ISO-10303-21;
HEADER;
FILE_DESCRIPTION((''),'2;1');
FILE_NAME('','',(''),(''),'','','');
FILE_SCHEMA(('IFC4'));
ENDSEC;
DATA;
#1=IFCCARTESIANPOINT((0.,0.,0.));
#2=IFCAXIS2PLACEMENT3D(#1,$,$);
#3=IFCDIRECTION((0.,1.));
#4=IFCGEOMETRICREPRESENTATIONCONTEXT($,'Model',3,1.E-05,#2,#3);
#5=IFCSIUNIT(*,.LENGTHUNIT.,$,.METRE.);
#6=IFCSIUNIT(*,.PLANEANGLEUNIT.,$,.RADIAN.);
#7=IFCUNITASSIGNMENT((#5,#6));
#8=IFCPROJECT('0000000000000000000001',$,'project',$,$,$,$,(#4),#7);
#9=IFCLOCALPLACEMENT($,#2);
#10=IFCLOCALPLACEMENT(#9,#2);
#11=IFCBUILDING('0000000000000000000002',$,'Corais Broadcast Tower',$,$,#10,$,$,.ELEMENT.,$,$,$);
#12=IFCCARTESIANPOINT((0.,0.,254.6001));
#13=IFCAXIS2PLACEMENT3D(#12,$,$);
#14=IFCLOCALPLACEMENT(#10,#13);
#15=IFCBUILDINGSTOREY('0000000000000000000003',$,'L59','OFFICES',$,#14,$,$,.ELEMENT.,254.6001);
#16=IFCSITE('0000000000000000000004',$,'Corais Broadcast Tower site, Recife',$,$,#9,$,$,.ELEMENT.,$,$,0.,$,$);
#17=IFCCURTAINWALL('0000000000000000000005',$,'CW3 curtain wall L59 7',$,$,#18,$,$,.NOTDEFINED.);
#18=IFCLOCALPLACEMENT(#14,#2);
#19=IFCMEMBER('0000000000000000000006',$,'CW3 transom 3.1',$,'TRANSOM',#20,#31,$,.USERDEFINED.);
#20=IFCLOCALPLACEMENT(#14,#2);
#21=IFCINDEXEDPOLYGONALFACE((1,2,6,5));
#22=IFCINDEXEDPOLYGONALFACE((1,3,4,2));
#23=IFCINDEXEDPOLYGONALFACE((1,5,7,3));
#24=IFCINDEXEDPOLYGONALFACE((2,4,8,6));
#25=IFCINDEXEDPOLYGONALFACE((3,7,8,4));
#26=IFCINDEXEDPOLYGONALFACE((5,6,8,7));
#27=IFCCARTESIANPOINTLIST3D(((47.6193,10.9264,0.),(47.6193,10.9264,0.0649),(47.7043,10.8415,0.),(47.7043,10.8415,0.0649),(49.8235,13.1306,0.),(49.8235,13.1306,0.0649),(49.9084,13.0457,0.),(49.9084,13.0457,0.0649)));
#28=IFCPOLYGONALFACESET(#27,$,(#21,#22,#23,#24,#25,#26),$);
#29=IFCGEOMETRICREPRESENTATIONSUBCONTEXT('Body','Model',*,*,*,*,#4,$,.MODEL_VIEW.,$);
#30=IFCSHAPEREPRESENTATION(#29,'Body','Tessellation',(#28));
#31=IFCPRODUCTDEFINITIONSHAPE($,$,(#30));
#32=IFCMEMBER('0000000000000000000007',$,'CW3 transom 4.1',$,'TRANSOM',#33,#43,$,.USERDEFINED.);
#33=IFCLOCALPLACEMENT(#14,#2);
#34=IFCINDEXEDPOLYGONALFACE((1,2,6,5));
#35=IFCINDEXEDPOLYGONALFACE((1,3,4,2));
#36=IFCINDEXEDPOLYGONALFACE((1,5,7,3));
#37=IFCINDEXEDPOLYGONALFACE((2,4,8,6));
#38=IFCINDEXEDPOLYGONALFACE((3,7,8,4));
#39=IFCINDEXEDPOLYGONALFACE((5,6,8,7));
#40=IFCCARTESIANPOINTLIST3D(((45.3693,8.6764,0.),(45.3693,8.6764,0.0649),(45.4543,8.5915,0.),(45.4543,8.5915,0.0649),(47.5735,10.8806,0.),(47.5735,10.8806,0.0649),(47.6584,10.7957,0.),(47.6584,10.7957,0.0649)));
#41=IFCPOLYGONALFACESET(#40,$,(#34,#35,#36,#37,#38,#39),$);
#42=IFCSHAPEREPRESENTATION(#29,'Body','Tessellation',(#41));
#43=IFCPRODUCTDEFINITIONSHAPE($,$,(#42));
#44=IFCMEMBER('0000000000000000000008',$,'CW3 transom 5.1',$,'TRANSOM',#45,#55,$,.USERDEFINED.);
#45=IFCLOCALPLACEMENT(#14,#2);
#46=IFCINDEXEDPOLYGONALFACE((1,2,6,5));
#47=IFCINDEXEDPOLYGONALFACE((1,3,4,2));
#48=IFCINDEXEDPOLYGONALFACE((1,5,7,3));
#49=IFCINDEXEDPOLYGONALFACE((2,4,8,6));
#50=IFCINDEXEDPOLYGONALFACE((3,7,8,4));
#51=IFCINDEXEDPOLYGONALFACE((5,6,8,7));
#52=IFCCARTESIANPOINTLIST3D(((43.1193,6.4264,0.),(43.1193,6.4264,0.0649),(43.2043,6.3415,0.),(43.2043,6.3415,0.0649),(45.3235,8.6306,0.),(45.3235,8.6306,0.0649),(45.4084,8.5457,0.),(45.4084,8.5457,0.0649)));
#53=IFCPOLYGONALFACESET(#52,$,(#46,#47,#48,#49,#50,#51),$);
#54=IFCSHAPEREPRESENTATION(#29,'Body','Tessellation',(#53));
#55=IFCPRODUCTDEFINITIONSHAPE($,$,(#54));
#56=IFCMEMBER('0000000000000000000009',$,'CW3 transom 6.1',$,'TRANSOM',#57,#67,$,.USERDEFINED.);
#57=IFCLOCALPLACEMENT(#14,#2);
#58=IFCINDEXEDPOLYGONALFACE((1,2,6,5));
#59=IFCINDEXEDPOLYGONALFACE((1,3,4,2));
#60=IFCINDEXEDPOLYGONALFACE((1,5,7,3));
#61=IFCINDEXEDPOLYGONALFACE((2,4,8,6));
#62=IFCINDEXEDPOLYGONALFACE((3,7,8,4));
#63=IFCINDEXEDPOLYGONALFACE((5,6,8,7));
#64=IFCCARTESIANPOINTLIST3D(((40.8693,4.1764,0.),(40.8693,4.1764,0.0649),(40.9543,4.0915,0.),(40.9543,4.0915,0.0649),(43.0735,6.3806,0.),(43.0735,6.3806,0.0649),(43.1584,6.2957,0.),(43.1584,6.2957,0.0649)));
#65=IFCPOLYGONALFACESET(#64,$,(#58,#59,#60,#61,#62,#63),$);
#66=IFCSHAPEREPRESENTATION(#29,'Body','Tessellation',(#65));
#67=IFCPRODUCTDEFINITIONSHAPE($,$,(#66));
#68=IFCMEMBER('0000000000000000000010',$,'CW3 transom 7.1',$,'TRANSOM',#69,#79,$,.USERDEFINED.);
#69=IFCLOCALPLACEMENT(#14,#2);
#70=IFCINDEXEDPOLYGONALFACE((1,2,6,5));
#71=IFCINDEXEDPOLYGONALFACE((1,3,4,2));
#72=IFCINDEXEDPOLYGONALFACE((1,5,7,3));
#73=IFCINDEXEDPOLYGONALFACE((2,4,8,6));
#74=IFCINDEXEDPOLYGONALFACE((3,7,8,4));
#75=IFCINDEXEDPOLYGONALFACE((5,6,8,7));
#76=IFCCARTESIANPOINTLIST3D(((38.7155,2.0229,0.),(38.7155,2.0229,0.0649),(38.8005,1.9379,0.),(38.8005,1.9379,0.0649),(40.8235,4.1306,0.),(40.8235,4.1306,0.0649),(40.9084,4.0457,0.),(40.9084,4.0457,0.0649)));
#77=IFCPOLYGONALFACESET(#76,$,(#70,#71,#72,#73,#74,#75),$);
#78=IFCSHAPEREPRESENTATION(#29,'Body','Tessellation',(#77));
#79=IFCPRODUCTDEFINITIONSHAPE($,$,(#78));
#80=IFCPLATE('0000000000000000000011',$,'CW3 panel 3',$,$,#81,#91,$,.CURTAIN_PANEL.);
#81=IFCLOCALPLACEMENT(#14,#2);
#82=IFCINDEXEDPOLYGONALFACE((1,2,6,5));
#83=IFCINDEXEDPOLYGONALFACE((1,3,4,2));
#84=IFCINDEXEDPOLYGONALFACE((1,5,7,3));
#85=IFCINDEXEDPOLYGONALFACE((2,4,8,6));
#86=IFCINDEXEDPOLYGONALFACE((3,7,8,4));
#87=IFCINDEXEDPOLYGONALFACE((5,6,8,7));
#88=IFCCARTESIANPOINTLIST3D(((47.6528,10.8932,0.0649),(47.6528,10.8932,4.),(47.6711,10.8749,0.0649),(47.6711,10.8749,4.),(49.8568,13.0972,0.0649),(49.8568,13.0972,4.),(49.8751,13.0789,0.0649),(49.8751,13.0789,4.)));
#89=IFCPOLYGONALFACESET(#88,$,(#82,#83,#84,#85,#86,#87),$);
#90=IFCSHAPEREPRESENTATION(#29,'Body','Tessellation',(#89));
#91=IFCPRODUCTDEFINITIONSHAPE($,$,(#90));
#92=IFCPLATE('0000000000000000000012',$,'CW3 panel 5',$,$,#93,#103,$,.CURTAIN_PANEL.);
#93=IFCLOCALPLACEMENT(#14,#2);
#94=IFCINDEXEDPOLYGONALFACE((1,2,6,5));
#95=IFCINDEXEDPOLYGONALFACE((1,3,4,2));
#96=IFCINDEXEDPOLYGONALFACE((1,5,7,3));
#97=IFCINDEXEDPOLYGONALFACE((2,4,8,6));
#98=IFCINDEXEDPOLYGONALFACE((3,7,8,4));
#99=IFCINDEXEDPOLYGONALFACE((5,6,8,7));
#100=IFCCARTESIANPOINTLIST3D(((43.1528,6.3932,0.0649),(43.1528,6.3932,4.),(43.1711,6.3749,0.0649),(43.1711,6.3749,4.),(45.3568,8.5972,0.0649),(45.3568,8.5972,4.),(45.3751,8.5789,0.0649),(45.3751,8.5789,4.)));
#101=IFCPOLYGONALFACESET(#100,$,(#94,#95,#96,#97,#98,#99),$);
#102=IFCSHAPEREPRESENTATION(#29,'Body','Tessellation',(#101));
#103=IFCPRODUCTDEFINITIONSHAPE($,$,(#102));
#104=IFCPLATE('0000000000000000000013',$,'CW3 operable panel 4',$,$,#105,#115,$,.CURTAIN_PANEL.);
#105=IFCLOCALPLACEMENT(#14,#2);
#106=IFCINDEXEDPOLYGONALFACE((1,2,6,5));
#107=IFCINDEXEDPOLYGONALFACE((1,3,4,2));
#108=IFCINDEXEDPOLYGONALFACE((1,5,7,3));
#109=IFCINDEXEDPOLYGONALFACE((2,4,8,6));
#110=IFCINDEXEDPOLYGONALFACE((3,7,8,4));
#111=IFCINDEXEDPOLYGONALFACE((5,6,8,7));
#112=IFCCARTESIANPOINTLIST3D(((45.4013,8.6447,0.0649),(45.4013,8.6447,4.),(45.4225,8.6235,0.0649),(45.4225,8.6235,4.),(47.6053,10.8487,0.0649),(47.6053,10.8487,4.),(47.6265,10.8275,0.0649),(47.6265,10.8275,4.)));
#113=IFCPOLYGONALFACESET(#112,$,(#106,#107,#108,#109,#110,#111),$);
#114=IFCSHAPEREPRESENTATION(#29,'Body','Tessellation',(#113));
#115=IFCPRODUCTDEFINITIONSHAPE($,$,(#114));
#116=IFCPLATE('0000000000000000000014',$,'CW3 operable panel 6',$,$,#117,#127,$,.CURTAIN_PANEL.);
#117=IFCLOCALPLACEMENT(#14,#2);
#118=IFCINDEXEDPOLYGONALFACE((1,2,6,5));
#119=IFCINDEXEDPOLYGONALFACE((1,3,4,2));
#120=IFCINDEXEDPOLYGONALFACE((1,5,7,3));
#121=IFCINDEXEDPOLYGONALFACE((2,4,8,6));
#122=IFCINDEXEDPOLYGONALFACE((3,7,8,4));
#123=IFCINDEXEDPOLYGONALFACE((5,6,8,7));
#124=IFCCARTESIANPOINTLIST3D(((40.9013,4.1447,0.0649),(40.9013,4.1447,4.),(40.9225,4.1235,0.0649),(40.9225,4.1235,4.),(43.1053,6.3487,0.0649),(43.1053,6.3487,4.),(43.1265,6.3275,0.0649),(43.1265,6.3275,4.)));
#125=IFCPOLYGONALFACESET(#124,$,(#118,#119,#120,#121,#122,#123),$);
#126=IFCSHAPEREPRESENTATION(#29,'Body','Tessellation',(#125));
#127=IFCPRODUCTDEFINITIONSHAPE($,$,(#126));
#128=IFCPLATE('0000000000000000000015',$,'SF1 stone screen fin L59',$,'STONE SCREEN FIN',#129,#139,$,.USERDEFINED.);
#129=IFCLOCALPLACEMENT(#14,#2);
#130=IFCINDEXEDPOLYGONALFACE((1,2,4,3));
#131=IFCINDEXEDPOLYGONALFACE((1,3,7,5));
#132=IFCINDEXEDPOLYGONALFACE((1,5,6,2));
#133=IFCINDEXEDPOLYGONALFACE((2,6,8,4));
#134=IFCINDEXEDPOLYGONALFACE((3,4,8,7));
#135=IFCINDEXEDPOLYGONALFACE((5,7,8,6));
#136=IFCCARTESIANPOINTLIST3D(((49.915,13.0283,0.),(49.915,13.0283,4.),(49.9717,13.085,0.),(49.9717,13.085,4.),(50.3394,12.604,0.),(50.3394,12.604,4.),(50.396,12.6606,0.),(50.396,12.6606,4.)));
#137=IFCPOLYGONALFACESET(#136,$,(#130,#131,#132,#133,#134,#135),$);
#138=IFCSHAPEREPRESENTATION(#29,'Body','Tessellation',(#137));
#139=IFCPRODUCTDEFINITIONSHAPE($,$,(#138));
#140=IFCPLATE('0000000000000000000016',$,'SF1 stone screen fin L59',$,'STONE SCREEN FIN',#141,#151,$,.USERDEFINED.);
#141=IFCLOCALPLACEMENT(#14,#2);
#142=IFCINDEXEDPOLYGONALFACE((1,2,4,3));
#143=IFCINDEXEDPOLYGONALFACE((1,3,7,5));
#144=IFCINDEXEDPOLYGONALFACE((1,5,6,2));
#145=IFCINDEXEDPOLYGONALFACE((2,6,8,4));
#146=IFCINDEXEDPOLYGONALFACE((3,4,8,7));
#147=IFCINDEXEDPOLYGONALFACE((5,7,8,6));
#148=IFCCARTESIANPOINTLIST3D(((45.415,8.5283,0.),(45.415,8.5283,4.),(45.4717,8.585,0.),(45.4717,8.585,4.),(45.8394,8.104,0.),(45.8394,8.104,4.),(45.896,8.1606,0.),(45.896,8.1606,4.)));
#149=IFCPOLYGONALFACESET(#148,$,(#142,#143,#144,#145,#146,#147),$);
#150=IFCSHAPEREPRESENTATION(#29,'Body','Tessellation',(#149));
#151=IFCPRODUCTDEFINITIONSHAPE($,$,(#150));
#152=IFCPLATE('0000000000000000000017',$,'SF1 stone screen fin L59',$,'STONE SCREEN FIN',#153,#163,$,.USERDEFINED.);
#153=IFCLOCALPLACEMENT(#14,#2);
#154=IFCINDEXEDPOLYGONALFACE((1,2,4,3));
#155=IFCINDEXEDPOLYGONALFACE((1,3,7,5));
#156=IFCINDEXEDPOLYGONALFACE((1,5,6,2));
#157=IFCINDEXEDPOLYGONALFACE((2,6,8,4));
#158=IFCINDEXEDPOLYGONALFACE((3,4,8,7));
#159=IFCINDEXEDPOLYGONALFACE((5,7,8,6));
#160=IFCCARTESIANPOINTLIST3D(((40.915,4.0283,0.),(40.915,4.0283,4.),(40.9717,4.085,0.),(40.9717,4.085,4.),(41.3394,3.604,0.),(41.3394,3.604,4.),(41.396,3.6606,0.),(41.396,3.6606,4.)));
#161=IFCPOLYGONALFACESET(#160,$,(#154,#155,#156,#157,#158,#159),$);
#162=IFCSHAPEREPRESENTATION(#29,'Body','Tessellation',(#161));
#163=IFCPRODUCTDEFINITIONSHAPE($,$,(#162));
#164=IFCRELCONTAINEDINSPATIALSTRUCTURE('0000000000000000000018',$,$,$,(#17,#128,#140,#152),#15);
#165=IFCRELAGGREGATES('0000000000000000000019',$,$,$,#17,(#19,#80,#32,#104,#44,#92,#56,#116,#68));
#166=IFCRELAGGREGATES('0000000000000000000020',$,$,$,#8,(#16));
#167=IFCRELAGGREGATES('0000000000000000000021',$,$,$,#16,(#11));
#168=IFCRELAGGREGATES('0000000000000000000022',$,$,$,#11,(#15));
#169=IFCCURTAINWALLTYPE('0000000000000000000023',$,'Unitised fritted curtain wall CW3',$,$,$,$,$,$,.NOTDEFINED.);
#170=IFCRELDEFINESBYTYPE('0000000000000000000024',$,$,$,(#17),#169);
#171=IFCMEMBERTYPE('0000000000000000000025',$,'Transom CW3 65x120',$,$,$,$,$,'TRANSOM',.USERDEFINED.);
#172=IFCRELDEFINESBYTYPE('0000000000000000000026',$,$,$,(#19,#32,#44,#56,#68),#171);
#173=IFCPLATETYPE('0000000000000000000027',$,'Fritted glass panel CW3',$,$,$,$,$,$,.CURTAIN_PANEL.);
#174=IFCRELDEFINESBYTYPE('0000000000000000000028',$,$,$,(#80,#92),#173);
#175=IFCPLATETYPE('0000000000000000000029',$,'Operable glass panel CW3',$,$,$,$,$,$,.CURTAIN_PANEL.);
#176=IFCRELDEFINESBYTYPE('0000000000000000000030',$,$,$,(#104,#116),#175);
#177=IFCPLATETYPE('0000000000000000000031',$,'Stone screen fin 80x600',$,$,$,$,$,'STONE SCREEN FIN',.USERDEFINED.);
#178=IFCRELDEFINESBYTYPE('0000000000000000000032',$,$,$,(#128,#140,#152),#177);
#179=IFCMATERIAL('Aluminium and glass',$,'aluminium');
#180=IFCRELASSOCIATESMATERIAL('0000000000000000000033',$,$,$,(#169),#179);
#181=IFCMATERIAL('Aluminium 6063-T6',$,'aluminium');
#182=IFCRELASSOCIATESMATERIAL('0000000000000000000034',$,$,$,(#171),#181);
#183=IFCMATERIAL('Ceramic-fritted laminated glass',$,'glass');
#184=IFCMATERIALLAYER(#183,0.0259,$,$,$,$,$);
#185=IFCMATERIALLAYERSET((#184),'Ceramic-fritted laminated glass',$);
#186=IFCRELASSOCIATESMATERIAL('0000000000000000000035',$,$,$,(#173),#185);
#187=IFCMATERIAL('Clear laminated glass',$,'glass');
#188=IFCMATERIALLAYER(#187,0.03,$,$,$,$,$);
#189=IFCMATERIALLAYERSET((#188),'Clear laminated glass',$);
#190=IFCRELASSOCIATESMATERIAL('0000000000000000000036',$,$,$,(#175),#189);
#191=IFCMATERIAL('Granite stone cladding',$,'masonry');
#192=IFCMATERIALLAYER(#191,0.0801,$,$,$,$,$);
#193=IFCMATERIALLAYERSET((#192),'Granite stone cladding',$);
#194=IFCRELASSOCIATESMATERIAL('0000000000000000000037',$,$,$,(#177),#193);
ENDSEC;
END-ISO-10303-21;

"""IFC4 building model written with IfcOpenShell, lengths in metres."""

from ifc_helpers import new_model, si_unit, direction, frame, origin, origin_2d, place, context, subcontext, project, spatial, rectangle, extrude, material, layer, layer_set, material_profile, profile_set, type_object, element, aggregate, save


model = new_model("IFC4")

# Units and contexts
model_context = context("Model", 3, precision=1e-05, world=origin(), true_north=direction((0.0, 1.0)))
body_context = subcontext(model_context, "Body", "Model", "MODEL_VIEW")
ifc_project = project(units=[si_unit("LENGTHUNIT", "METRE"), si_unit("PLANEANGLEUNIT", "RADIAN")], contexts=[model_context])

# Site, building, storey
site_placement = place(None, origin())
site = spatial("IfcSite", under=ifc_project, at=site_placement, Name="Corais Broadcast Tower site, Recife", CompositionType="ELEMENT", RefElevation=0.0)
building_placement = place(site_placement, origin())
building = spatial("IfcBuilding", under=site, at=building_placement, Name="Corais Broadcast Tower", CompositionType="ELEMENT")
storey_placement = place(building_placement, frame((0.0, 0.0, 254.6001)))
storey = spatial("IfcBuildingStorey", under=building, at=storey_placement, Name="L59", Description="OFFICES", CompositionType="ELEMENT", Elevation=254.6001)

# Curtain wall
ifc_material_1 = material(Name="Aluminium and glass", Category="aluminium")
curtain_wall_type = type_object("IfcCurtainWallType", Name="Unitised fritted curtain wall CW3", PredefinedType="NOTDEFINED", material=ifc_material_1)
curtain_wall_placement = place(storey_placement, origin())
curtain_wall = element("IfcCurtainWall", 1, at=curtain_wall_placement, inside=storey, type_object=curtain_wall_type, Name="CW3 curtain wall L59 7", PredefinedType="NOTDEFINED")

# Members
ifc_material_2 = material(Name="Aluminium 6063-T6", Category="aluminium")
ifc_material_profile_1 = material_profile(ifc_material_2, rectangle(XDim=0.1201, YDim=0.0649, at=origin_2d()), Name="Transom CW3 65x120")
ifc_profile_set_1 = profile_set([ifc_material_profile_1], Name="Aluminium 6063-T6")
member_type_1 = type_object("IfcMemberType", Name="Transom CW3 65x120", ElementType="TRANSOM", PredefinedType="USERDEFINED", material=ifc_profile_set_1)
member_1_placement = place(storey_placement, frame((49.866, 13.0881, 0.0325), z_axis=(-0.707107, -0.707107, 0.0), x_axis=(0.707107, -0.707107, 0.0)))
member_1 = element("IfcMember", 2, at=member_1_placement, type_object=member_type_1, Name="CW3 transom 3.1", ObjectType="TRANSOM", PredefinedType="USERDEFINED", context=body_context, shape_type="SweptSolid", body=[
    extrude(rectangle(XDim=0.1201, YDim=0.0649, at=origin_2d()), origin(), (0.0, 0.0, 1.0), 3.1172),
])
member_2_placement = place(storey_placement, frame((47.616, 10.8381, 0.0325), z_axis=(-0.707107, -0.707107, 0.0), x_axis=(0.707107, -0.707107, 0.0)))
member_2 = element("IfcMember", 3, at=member_2_placement, type_object=member_type_1, Name="CW3 transom 4.1", ObjectType="TRANSOM", PredefinedType="USERDEFINED", context=body_context, shape_type="SweptSolid", body=[
    extrude(rectangle(XDim=0.1201, YDim=0.0649, at=origin_2d()), origin(), (0.0, 0.0, 1.0), 3.1172),
])
member_3_placement = place(storey_placement, frame((45.366, 8.5881, 0.0325), z_axis=(-0.707107, -0.707107, 0.0), x_axis=(0.707107, -0.707107, 0.0)))
member_3 = element("IfcMember", 4, at=member_3_placement, type_object=member_type_1, Name="CW3 transom 5.1", ObjectType="TRANSOM", PredefinedType="USERDEFINED", context=body_context, shape_type="SweptSolid", body=[
    extrude(rectangle(XDim=0.1201, YDim=0.0649, at=origin_2d()), origin(), (0.0, 0.0, 1.0), 3.1172),
])
member_4_placement = place(storey_placement, frame((43.116, 6.3381, 0.0325), z_axis=(-0.707107, -0.707107, 0.0), x_axis=(0.707107, -0.707107, 0.0)))
member_4 = element("IfcMember", 5, at=member_4_placement, type_object=member_type_1, Name="CW3 transom 6.1", ObjectType="TRANSOM", PredefinedType="USERDEFINED", context=body_context, shape_type="SweptSolid", body=[
    extrude(rectangle(XDim=0.1201, YDim=0.0649, at=origin_2d()), origin(), (0.0, 0.0, 1.0), 3.1172),
])
member_5_placement = place(storey_placement, frame((40.866, 4.0881, 0.0325), z_axis=(-0.707148, -0.707066, 0.0), x_axis=(0.707066, -0.707148, 0.0)))
member_5 = element("IfcMember", 6, at=member_5_placement, type_object=member_type_1, Name="CW3 transom 7.1", ObjectType="TRANSOM", PredefinedType="USERDEFINED", context=body_context, shape_type="SweptSolid", body=[
    extrude(rectangle(XDim=0.1201, YDim=0.0649, at=origin_2d()), origin(), (0.0, 0.0, 1.0), 2.981),
])

# Plates
ifc_material_3 = material(Name="Ceramic-fritted laminated glass", Category="glass")
ifc_layer_1 = layer(ifc_material_3, 0.0259)
ifc_layer_set_1 = layer_set([ifc_layer_1], Name="Ceramic-fritted laminated glass")
plate_type_1 = type_object("IfcPlateType", Name="Fritted glass panel CW3", PredefinedType="CURTAIN_PANEL", material=ifc_layer_set_1)
plate_1_placement = place(storey_placement, frame((48.7639, 11.9861, 0.0649), z_axis=(0.0, 0.0, 1.0), x_axis=(-0.707107, -0.707107, 0.0)))
plate_1 = element("IfcPlate", 7, at=plate_1_placement, type_object=plate_type_1, Name="CW3 panel 3", PredefinedType="CURTAIN_PANEL", context=body_context, shape_type="SweptSolid", body=[
    extrude(rectangle(XDim=3.1169, YDim=0.0259, at=origin_2d()), origin(), (0.0, 0.0, 1.0), 3.9351),
])
plate_2_placement = place(storey_placement, frame((44.2639, 7.4861, 0.0649), z_axis=(0.0, 0.0, 1.0), x_axis=(-0.707107, -0.707107, 0.0)))
plate_2 = element("IfcPlate", 8, at=plate_2_placement, type_object=plate_type_1, Name="CW3 panel 5", PredefinedType="CURTAIN_PANEL", context=body_context, shape_type="SweptSolid", body=[
    extrude(rectangle(XDim=3.1169, YDim=0.0259, at=origin_2d()), origin(), (0.0, 0.0, 1.0), 3.9351),
])
ifc_material_4 = material(Name="Clear laminated glass", Category="glass")
ifc_layer_2 = layer(ifc_material_4, 0.03)
ifc_layer_set_2 = layer_set([ifc_layer_2], Name="Clear laminated glass")
plate_type_2 = type_object("IfcPlateType", Name="Operable glass panel CW3", PredefinedType="CURTAIN_PANEL", material=ifc_layer_set_2)
plate_3_placement = place(storey_placement, frame((46.5139, 9.7361, 0.0649), z_axis=(0.0, 0.0, 1.0), x_axis=(-0.707107, -0.707107, 0.0)))
plate_3 = element("IfcPlate", 9, at=plate_3_placement, type_object=plate_type_2, Name="CW3 operable panel 4", PredefinedType="CURTAIN_PANEL", context=body_context, shape_type="SweptSolid", body=[
    extrude(rectangle(XDim=3.1169, YDim=0.03, at=origin_2d()), origin(), (0.0, 0.0, 1.0), 3.9351),
])
plate_4_placement = place(storey_placement, frame((42.0139, 5.2361, 0.0649), z_axis=(0.0, 0.0, 1.0), x_axis=(-0.707107, -0.707107, 0.0)))
plate_4 = element("IfcPlate", 10, at=plate_4_placement, type_object=plate_type_2, Name="CW3 operable panel 6", PredefinedType="CURTAIN_PANEL", context=body_context, shape_type="SweptSolid", body=[
    extrude(rectangle(XDim=3.1169, YDim=0.03, at=origin_2d()), origin(), (0.0, 0.0, 1.0), 3.9351),
])
aggregate(curtain_wall, [member_1, plate_1, member_2, plate_3, member_3, plate_2, member_4, plate_4, member_5])

# Plates
ifc_material_5 = material(Name="Granite stone cladding", Category="masonry")
ifc_layer_3 = layer(ifc_material_5, 0.0801)
ifc_layer_set_3 = layer_set([ifc_layer_3], Name="Granite stone cladding")
plate_type_3 = type_object("IfcPlateType", Name="Stone screen fin 80x600", ElementType="STONE SCREEN FIN", PredefinedType="USERDEFINED", material=ifc_layer_set_3)
for number, where, z_axis, x_axis, name in (
    (11, (50.1555, 12.8445, 0.0), (0.0, 0.0, 1.0), (-0.707107, -0.707107, 0.0), "SF1 stone screen fin L59"),
    (12, (45.6555, 8.3445, 0.0), (0.0, 0.0, 1.0), (-0.707107, -0.707107, 0.0), "SF1 stone screen fin L59"),
    (13, (41.1555, 3.8445, 0.0), (0.0, 0.0, 1.0), (-0.707107, -0.707107, 0.0), "SF1 stone screen fin L59"),
):
    element("IfcPlate", number, at=place(storey_placement, frame(where, z_axis=z_axis, x_axis=x_axis)), inside=storey, type_object=plate_type_3, Name=name, ObjectType="STONE SCREEN FIN", PredefinedType="USERDEFINED", context=body_context, shape_type="SweptSolid", body=[
        extrude(rectangle(XDim=0.0801, YDim=0.6001, at=origin_2d()), origin(), (0.0, 0.0, 1.0), 4.0),
    ])

save(model, "model.ifc")
